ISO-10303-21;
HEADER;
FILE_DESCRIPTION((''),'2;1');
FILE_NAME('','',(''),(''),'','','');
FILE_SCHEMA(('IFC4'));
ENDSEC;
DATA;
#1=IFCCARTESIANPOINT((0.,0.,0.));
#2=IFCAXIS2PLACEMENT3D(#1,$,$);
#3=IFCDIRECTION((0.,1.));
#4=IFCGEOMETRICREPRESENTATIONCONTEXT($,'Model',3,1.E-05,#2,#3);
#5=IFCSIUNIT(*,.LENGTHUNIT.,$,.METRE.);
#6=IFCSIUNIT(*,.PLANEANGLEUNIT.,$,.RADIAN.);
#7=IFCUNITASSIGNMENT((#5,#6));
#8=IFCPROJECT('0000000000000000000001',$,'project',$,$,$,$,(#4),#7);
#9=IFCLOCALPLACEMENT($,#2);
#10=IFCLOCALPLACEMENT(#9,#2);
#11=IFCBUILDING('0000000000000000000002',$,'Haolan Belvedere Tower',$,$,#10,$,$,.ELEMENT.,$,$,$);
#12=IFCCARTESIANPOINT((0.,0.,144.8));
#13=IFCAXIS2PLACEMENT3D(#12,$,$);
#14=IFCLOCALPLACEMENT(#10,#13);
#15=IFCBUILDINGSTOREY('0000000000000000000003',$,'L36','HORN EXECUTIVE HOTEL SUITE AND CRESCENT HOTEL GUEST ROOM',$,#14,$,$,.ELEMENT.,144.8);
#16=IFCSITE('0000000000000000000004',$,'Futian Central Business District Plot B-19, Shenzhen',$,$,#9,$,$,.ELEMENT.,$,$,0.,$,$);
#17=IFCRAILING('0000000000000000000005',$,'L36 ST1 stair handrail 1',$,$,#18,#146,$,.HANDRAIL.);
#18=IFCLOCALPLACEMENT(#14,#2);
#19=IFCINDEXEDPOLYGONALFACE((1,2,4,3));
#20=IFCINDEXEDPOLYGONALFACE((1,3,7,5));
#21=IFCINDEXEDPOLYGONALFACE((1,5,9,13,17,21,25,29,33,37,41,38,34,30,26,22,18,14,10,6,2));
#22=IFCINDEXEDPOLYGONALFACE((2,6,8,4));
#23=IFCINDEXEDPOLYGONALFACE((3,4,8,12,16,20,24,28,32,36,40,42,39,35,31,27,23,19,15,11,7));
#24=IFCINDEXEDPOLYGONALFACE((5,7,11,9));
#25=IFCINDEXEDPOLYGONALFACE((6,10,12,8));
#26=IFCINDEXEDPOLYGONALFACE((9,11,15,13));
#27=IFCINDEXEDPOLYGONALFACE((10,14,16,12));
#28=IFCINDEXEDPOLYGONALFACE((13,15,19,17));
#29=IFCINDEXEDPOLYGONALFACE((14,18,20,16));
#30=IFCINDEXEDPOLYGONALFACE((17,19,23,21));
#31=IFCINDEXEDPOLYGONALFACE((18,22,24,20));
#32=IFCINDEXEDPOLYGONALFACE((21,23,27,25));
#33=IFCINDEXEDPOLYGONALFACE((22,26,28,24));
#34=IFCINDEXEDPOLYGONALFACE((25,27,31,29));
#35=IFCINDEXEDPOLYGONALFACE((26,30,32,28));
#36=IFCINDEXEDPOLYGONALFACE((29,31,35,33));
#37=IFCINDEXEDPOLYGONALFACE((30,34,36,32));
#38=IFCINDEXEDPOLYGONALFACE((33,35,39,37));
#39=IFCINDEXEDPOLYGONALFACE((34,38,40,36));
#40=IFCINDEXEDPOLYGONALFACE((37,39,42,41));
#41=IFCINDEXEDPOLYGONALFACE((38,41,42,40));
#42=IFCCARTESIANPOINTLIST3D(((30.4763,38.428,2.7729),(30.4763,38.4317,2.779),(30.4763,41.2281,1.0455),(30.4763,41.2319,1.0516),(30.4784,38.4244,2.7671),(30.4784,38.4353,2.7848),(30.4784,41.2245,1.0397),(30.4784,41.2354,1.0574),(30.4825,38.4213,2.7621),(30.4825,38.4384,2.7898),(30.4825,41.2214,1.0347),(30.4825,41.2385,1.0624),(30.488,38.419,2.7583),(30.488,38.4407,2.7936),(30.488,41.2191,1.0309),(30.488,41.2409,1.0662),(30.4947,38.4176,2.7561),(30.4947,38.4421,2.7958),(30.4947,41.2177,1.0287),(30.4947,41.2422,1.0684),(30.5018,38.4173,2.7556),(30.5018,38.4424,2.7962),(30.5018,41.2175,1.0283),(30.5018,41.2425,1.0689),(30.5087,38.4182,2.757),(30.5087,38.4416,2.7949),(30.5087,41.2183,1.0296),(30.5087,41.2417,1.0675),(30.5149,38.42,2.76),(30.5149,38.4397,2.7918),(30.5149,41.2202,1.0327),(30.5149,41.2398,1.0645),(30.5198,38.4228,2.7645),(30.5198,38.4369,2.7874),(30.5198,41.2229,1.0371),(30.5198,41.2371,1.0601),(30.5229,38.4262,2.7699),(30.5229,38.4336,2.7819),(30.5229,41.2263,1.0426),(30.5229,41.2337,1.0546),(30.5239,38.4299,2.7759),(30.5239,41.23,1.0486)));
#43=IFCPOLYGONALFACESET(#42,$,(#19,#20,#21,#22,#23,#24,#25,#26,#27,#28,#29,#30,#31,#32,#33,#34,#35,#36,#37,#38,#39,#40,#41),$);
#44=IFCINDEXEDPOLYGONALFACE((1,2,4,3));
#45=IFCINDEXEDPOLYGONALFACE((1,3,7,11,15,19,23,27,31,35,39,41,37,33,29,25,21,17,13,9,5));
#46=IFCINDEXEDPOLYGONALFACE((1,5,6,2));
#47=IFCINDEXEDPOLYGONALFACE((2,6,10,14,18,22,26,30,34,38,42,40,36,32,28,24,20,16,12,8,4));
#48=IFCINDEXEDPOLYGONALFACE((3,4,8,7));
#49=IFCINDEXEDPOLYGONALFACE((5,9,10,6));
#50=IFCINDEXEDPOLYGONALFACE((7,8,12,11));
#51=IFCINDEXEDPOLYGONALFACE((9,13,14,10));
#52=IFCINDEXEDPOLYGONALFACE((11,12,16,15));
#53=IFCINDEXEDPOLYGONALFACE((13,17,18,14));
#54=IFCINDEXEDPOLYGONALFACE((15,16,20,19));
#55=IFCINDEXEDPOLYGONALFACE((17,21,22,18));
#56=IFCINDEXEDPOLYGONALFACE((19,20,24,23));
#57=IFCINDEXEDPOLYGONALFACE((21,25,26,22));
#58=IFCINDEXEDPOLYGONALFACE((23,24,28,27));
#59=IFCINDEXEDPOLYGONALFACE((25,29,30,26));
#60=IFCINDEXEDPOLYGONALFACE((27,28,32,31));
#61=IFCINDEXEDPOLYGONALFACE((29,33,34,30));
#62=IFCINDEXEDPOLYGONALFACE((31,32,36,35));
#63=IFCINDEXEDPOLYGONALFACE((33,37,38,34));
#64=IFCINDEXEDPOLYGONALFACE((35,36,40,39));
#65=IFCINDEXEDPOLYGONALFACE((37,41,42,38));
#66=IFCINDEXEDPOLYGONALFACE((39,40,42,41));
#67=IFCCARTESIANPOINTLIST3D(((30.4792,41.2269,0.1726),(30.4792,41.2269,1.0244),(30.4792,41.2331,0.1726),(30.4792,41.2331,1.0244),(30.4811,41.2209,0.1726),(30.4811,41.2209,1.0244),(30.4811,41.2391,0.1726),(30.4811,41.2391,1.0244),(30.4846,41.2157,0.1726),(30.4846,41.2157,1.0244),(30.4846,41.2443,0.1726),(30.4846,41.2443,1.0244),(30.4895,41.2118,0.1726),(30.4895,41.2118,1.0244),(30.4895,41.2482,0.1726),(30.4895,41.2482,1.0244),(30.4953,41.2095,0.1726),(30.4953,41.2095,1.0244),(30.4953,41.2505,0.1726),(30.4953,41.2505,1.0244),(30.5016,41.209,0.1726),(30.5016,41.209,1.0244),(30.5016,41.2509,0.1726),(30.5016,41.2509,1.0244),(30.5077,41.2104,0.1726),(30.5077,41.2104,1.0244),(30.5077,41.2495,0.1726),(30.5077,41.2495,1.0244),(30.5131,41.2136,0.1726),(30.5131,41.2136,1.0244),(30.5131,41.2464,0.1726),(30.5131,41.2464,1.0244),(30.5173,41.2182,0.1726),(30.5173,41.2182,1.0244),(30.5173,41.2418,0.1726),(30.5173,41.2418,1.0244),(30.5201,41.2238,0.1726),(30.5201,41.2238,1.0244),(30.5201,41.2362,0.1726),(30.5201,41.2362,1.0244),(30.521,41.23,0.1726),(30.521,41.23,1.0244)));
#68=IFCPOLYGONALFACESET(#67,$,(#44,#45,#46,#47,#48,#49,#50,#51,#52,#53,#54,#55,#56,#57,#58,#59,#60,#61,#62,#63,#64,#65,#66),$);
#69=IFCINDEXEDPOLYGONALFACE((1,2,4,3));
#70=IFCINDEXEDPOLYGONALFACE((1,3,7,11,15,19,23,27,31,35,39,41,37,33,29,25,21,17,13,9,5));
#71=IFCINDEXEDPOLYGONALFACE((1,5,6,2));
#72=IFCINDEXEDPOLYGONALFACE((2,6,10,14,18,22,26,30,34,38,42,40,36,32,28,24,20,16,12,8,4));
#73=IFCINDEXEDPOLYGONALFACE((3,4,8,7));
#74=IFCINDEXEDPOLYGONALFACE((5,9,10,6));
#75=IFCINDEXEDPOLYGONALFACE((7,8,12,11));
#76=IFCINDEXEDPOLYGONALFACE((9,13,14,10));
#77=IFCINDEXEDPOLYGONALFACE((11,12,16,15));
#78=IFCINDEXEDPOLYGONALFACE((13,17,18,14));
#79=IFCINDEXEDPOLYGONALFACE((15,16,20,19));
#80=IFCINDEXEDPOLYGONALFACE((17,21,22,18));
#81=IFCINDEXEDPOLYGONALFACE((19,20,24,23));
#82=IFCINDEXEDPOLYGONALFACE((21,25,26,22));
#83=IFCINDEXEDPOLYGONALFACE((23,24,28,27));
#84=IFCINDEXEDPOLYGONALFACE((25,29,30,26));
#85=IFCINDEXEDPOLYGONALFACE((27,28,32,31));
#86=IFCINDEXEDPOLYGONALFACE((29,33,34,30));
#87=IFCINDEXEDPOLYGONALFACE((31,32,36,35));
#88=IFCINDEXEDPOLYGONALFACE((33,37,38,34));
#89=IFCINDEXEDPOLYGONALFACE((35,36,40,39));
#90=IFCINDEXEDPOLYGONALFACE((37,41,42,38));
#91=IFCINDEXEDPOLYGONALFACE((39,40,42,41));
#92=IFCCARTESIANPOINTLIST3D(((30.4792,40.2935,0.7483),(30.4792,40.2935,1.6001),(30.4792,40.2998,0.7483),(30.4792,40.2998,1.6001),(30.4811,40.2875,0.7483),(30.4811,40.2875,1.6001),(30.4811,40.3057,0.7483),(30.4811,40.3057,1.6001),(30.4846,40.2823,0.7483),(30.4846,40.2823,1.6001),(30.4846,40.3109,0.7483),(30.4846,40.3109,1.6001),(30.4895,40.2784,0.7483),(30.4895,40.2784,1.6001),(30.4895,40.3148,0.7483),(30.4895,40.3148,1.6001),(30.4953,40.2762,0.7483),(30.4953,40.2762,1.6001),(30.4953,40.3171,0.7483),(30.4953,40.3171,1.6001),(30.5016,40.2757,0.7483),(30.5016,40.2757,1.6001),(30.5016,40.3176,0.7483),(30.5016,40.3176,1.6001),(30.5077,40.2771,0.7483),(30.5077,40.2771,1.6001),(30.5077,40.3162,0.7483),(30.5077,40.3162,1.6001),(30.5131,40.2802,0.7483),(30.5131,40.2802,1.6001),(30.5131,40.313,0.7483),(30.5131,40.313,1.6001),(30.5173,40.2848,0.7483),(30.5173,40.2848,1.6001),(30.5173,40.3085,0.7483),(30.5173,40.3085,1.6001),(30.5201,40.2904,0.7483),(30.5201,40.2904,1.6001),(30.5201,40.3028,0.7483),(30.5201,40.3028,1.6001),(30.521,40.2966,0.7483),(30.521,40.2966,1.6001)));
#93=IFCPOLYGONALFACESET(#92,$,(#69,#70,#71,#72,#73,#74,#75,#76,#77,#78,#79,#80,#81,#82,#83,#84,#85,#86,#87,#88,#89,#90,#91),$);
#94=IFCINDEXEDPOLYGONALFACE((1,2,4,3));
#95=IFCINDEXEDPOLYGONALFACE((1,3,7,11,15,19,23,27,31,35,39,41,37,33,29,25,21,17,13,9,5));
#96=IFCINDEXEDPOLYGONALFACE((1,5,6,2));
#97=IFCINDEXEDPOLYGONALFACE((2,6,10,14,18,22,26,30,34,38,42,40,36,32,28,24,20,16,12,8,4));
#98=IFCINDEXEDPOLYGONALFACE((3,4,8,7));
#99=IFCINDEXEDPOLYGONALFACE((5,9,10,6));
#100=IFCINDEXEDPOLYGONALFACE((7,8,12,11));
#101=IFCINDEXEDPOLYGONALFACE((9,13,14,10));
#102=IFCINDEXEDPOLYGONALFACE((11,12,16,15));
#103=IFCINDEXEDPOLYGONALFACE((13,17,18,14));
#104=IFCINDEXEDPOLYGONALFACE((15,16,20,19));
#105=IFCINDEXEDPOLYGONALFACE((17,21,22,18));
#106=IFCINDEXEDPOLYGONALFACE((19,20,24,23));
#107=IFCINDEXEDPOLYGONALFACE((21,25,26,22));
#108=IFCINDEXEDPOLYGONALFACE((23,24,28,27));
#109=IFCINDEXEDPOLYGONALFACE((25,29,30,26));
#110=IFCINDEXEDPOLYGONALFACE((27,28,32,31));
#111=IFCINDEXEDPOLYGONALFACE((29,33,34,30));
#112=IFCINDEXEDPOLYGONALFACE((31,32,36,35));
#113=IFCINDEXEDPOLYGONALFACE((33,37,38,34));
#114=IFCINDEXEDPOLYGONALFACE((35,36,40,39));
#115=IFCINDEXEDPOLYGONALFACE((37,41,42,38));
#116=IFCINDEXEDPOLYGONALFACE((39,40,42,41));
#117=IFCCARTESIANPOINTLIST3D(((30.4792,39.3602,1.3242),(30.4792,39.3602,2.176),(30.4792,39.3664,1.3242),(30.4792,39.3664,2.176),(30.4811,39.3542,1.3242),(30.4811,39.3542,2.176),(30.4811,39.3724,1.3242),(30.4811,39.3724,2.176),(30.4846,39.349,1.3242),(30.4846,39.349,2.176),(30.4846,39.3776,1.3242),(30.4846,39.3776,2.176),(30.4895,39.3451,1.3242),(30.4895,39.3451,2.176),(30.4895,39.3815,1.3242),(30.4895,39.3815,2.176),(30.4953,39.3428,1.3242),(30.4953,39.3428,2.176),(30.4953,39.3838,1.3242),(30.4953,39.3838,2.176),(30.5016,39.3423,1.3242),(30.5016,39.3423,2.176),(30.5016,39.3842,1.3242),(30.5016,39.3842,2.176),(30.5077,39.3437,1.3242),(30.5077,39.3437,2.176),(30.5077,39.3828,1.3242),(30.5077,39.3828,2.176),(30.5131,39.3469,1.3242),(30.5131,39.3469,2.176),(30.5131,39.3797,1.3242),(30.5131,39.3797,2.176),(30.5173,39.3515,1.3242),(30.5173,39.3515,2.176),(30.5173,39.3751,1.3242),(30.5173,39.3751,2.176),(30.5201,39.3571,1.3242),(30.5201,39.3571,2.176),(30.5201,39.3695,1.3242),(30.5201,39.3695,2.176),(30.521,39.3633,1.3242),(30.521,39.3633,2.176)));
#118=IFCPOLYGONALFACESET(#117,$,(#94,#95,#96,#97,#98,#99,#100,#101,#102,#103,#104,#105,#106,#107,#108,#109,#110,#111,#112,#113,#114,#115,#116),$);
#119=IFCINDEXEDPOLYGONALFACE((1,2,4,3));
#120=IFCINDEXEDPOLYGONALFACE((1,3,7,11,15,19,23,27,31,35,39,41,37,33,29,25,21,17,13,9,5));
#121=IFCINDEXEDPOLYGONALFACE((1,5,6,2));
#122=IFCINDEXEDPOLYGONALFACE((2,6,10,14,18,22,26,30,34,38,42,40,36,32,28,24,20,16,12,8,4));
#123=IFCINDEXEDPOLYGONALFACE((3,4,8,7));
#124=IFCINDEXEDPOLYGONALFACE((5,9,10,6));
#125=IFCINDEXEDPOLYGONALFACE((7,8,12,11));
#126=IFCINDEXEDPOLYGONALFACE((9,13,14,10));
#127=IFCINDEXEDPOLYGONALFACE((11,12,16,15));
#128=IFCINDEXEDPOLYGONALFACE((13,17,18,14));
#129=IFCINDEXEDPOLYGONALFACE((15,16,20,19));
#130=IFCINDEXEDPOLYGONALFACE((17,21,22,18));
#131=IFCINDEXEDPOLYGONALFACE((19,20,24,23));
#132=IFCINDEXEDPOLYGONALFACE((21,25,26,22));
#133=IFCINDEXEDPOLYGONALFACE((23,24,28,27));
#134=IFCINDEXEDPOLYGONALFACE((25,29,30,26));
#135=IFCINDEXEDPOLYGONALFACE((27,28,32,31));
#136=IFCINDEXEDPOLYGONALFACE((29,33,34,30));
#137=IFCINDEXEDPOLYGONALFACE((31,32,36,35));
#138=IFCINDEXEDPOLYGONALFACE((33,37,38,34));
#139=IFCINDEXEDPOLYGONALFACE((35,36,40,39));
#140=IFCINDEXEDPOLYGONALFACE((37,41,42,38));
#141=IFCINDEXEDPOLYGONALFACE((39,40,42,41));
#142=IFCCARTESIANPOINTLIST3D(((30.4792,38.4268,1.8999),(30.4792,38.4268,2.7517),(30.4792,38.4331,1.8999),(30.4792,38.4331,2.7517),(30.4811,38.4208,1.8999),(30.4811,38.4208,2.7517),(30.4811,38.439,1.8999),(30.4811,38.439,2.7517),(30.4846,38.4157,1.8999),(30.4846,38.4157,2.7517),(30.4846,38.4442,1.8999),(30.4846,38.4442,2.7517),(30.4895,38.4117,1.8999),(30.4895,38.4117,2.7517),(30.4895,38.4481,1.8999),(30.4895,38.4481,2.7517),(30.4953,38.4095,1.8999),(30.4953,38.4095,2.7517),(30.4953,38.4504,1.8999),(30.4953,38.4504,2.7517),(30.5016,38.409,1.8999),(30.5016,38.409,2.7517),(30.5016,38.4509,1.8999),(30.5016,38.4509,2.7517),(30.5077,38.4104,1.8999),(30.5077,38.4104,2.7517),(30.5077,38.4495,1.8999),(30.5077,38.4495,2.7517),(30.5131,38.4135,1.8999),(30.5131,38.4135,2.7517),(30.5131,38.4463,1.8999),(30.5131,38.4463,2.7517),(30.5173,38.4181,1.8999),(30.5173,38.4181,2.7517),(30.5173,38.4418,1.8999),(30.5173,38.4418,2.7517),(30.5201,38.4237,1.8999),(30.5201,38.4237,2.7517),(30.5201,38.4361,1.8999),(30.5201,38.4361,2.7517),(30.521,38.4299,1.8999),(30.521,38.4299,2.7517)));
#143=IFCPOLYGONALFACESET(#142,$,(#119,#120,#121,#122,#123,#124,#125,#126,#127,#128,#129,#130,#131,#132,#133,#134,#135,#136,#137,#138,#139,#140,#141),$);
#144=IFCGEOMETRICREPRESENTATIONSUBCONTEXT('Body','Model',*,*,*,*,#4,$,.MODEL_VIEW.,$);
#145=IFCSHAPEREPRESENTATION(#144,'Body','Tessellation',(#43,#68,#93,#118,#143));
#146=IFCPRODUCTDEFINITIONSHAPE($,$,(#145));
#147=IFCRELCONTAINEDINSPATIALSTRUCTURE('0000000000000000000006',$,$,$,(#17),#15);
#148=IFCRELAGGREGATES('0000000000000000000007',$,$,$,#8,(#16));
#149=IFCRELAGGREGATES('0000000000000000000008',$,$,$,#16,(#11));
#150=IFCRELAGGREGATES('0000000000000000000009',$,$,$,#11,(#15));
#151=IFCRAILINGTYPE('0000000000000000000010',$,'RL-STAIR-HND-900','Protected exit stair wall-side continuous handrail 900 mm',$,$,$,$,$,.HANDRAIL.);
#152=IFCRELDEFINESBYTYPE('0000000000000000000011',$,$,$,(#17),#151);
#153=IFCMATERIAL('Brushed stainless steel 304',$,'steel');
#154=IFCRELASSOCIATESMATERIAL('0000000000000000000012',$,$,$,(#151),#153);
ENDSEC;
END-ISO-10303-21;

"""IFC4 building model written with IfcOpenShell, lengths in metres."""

from ifc_helpers import new_model, si_unit, direction, frame, origin, origin_2d, place, context, subcontext, project, spatial, circle, extrude, material, type_object, element, save


model = new_model("IFC4")

# Units and contexts
model_context = context("Model", 3, precision=1e-05, world=origin(), true_north=direction((0.0, 1.0)))
body_context = subcontext(model_context, "Body", "Model", "MODEL_VIEW")
ifc_project = project(units=[si_unit("LENGTHUNIT", "METRE"), si_unit("PLANEANGLEUNIT", "RADIAN")], contexts=[model_context])

# Site, building, storey
site_placement = place(None, origin())
site = spatial("IfcSite", under=ifc_project, at=site_placement, Name="Futian Central Business District Plot B-19, Shenzhen", CompositionType="ELEMENT", RefElevation=0.0)
building_placement = place(site_placement, origin())
building = spatial("IfcBuilding", under=site, at=building_placement, Name="Haolan Belvedere Tower", CompositionType="ELEMENT")
storey_placement = place(building_placement, frame((0.0, 0.0, 144.8)))
storey = spatial("IfcBuildingStorey", under=building, at=storey_placement, Name="L36", Description="HORN EXECUTIVE HOTEL SUITE AND CRESCENT HOTEL GUEST ROOM", CompositionType="ELEMENT", Elevation=144.8)

# Railing
ifc_material_1 = material(Name="Brushed stainless steel 304", Category="steel")
railing_type_1 = type_object("IfcRailingType", Name="RL-STAIR-HND-900", Description="Protected exit stair wall-side continuous handrail 900 mm", PredefinedType="HANDRAIL", material=ifc_material_1)
railing_1_placement = place(storey_placement, frame((30.5, 41.23, 0.1726)))
element("IfcRailing", 1, at=railing_1_placement, inside=storey, type_object=railing_type_1, Name="L36 ST1 stair handrail 1", PredefinedType="HANDRAIL", context=body_context, shape_type="SweptSolid", body=[
    extrude(circle(Radius=0.0239, at=origin_2d()), frame((0.0, 0.0, 0.876), z_axis=(0.0, -0.85109, 0.52502), x_axis=(1.0, 0.0, 0.0)), (0.0, 0.0, 1.0), 3.29),
    extrude(circle(Radius=0.021, at=origin_2d()), origin(), (0.0, 0.0, 1.0), 0.8518),
    extrude(circle(Radius=0.021, at=origin_2d()), frame((0.0, -0.9333, 0.5757)), (0.0, 0.0, 1.0), 0.8518),
    extrude(circle(Radius=0.021, at=origin_2d()), frame((0.0, -1.8667, 1.1516)), (0.0, 0.0, 1.0), 0.8518),
    extrude(circle(Radius=0.021, at=origin_2d()), frame((0.0, -2.8, 1.7273)), (0.0, 0.0, 1.0), 0.8518),
])

save(model, "model.ifc")
